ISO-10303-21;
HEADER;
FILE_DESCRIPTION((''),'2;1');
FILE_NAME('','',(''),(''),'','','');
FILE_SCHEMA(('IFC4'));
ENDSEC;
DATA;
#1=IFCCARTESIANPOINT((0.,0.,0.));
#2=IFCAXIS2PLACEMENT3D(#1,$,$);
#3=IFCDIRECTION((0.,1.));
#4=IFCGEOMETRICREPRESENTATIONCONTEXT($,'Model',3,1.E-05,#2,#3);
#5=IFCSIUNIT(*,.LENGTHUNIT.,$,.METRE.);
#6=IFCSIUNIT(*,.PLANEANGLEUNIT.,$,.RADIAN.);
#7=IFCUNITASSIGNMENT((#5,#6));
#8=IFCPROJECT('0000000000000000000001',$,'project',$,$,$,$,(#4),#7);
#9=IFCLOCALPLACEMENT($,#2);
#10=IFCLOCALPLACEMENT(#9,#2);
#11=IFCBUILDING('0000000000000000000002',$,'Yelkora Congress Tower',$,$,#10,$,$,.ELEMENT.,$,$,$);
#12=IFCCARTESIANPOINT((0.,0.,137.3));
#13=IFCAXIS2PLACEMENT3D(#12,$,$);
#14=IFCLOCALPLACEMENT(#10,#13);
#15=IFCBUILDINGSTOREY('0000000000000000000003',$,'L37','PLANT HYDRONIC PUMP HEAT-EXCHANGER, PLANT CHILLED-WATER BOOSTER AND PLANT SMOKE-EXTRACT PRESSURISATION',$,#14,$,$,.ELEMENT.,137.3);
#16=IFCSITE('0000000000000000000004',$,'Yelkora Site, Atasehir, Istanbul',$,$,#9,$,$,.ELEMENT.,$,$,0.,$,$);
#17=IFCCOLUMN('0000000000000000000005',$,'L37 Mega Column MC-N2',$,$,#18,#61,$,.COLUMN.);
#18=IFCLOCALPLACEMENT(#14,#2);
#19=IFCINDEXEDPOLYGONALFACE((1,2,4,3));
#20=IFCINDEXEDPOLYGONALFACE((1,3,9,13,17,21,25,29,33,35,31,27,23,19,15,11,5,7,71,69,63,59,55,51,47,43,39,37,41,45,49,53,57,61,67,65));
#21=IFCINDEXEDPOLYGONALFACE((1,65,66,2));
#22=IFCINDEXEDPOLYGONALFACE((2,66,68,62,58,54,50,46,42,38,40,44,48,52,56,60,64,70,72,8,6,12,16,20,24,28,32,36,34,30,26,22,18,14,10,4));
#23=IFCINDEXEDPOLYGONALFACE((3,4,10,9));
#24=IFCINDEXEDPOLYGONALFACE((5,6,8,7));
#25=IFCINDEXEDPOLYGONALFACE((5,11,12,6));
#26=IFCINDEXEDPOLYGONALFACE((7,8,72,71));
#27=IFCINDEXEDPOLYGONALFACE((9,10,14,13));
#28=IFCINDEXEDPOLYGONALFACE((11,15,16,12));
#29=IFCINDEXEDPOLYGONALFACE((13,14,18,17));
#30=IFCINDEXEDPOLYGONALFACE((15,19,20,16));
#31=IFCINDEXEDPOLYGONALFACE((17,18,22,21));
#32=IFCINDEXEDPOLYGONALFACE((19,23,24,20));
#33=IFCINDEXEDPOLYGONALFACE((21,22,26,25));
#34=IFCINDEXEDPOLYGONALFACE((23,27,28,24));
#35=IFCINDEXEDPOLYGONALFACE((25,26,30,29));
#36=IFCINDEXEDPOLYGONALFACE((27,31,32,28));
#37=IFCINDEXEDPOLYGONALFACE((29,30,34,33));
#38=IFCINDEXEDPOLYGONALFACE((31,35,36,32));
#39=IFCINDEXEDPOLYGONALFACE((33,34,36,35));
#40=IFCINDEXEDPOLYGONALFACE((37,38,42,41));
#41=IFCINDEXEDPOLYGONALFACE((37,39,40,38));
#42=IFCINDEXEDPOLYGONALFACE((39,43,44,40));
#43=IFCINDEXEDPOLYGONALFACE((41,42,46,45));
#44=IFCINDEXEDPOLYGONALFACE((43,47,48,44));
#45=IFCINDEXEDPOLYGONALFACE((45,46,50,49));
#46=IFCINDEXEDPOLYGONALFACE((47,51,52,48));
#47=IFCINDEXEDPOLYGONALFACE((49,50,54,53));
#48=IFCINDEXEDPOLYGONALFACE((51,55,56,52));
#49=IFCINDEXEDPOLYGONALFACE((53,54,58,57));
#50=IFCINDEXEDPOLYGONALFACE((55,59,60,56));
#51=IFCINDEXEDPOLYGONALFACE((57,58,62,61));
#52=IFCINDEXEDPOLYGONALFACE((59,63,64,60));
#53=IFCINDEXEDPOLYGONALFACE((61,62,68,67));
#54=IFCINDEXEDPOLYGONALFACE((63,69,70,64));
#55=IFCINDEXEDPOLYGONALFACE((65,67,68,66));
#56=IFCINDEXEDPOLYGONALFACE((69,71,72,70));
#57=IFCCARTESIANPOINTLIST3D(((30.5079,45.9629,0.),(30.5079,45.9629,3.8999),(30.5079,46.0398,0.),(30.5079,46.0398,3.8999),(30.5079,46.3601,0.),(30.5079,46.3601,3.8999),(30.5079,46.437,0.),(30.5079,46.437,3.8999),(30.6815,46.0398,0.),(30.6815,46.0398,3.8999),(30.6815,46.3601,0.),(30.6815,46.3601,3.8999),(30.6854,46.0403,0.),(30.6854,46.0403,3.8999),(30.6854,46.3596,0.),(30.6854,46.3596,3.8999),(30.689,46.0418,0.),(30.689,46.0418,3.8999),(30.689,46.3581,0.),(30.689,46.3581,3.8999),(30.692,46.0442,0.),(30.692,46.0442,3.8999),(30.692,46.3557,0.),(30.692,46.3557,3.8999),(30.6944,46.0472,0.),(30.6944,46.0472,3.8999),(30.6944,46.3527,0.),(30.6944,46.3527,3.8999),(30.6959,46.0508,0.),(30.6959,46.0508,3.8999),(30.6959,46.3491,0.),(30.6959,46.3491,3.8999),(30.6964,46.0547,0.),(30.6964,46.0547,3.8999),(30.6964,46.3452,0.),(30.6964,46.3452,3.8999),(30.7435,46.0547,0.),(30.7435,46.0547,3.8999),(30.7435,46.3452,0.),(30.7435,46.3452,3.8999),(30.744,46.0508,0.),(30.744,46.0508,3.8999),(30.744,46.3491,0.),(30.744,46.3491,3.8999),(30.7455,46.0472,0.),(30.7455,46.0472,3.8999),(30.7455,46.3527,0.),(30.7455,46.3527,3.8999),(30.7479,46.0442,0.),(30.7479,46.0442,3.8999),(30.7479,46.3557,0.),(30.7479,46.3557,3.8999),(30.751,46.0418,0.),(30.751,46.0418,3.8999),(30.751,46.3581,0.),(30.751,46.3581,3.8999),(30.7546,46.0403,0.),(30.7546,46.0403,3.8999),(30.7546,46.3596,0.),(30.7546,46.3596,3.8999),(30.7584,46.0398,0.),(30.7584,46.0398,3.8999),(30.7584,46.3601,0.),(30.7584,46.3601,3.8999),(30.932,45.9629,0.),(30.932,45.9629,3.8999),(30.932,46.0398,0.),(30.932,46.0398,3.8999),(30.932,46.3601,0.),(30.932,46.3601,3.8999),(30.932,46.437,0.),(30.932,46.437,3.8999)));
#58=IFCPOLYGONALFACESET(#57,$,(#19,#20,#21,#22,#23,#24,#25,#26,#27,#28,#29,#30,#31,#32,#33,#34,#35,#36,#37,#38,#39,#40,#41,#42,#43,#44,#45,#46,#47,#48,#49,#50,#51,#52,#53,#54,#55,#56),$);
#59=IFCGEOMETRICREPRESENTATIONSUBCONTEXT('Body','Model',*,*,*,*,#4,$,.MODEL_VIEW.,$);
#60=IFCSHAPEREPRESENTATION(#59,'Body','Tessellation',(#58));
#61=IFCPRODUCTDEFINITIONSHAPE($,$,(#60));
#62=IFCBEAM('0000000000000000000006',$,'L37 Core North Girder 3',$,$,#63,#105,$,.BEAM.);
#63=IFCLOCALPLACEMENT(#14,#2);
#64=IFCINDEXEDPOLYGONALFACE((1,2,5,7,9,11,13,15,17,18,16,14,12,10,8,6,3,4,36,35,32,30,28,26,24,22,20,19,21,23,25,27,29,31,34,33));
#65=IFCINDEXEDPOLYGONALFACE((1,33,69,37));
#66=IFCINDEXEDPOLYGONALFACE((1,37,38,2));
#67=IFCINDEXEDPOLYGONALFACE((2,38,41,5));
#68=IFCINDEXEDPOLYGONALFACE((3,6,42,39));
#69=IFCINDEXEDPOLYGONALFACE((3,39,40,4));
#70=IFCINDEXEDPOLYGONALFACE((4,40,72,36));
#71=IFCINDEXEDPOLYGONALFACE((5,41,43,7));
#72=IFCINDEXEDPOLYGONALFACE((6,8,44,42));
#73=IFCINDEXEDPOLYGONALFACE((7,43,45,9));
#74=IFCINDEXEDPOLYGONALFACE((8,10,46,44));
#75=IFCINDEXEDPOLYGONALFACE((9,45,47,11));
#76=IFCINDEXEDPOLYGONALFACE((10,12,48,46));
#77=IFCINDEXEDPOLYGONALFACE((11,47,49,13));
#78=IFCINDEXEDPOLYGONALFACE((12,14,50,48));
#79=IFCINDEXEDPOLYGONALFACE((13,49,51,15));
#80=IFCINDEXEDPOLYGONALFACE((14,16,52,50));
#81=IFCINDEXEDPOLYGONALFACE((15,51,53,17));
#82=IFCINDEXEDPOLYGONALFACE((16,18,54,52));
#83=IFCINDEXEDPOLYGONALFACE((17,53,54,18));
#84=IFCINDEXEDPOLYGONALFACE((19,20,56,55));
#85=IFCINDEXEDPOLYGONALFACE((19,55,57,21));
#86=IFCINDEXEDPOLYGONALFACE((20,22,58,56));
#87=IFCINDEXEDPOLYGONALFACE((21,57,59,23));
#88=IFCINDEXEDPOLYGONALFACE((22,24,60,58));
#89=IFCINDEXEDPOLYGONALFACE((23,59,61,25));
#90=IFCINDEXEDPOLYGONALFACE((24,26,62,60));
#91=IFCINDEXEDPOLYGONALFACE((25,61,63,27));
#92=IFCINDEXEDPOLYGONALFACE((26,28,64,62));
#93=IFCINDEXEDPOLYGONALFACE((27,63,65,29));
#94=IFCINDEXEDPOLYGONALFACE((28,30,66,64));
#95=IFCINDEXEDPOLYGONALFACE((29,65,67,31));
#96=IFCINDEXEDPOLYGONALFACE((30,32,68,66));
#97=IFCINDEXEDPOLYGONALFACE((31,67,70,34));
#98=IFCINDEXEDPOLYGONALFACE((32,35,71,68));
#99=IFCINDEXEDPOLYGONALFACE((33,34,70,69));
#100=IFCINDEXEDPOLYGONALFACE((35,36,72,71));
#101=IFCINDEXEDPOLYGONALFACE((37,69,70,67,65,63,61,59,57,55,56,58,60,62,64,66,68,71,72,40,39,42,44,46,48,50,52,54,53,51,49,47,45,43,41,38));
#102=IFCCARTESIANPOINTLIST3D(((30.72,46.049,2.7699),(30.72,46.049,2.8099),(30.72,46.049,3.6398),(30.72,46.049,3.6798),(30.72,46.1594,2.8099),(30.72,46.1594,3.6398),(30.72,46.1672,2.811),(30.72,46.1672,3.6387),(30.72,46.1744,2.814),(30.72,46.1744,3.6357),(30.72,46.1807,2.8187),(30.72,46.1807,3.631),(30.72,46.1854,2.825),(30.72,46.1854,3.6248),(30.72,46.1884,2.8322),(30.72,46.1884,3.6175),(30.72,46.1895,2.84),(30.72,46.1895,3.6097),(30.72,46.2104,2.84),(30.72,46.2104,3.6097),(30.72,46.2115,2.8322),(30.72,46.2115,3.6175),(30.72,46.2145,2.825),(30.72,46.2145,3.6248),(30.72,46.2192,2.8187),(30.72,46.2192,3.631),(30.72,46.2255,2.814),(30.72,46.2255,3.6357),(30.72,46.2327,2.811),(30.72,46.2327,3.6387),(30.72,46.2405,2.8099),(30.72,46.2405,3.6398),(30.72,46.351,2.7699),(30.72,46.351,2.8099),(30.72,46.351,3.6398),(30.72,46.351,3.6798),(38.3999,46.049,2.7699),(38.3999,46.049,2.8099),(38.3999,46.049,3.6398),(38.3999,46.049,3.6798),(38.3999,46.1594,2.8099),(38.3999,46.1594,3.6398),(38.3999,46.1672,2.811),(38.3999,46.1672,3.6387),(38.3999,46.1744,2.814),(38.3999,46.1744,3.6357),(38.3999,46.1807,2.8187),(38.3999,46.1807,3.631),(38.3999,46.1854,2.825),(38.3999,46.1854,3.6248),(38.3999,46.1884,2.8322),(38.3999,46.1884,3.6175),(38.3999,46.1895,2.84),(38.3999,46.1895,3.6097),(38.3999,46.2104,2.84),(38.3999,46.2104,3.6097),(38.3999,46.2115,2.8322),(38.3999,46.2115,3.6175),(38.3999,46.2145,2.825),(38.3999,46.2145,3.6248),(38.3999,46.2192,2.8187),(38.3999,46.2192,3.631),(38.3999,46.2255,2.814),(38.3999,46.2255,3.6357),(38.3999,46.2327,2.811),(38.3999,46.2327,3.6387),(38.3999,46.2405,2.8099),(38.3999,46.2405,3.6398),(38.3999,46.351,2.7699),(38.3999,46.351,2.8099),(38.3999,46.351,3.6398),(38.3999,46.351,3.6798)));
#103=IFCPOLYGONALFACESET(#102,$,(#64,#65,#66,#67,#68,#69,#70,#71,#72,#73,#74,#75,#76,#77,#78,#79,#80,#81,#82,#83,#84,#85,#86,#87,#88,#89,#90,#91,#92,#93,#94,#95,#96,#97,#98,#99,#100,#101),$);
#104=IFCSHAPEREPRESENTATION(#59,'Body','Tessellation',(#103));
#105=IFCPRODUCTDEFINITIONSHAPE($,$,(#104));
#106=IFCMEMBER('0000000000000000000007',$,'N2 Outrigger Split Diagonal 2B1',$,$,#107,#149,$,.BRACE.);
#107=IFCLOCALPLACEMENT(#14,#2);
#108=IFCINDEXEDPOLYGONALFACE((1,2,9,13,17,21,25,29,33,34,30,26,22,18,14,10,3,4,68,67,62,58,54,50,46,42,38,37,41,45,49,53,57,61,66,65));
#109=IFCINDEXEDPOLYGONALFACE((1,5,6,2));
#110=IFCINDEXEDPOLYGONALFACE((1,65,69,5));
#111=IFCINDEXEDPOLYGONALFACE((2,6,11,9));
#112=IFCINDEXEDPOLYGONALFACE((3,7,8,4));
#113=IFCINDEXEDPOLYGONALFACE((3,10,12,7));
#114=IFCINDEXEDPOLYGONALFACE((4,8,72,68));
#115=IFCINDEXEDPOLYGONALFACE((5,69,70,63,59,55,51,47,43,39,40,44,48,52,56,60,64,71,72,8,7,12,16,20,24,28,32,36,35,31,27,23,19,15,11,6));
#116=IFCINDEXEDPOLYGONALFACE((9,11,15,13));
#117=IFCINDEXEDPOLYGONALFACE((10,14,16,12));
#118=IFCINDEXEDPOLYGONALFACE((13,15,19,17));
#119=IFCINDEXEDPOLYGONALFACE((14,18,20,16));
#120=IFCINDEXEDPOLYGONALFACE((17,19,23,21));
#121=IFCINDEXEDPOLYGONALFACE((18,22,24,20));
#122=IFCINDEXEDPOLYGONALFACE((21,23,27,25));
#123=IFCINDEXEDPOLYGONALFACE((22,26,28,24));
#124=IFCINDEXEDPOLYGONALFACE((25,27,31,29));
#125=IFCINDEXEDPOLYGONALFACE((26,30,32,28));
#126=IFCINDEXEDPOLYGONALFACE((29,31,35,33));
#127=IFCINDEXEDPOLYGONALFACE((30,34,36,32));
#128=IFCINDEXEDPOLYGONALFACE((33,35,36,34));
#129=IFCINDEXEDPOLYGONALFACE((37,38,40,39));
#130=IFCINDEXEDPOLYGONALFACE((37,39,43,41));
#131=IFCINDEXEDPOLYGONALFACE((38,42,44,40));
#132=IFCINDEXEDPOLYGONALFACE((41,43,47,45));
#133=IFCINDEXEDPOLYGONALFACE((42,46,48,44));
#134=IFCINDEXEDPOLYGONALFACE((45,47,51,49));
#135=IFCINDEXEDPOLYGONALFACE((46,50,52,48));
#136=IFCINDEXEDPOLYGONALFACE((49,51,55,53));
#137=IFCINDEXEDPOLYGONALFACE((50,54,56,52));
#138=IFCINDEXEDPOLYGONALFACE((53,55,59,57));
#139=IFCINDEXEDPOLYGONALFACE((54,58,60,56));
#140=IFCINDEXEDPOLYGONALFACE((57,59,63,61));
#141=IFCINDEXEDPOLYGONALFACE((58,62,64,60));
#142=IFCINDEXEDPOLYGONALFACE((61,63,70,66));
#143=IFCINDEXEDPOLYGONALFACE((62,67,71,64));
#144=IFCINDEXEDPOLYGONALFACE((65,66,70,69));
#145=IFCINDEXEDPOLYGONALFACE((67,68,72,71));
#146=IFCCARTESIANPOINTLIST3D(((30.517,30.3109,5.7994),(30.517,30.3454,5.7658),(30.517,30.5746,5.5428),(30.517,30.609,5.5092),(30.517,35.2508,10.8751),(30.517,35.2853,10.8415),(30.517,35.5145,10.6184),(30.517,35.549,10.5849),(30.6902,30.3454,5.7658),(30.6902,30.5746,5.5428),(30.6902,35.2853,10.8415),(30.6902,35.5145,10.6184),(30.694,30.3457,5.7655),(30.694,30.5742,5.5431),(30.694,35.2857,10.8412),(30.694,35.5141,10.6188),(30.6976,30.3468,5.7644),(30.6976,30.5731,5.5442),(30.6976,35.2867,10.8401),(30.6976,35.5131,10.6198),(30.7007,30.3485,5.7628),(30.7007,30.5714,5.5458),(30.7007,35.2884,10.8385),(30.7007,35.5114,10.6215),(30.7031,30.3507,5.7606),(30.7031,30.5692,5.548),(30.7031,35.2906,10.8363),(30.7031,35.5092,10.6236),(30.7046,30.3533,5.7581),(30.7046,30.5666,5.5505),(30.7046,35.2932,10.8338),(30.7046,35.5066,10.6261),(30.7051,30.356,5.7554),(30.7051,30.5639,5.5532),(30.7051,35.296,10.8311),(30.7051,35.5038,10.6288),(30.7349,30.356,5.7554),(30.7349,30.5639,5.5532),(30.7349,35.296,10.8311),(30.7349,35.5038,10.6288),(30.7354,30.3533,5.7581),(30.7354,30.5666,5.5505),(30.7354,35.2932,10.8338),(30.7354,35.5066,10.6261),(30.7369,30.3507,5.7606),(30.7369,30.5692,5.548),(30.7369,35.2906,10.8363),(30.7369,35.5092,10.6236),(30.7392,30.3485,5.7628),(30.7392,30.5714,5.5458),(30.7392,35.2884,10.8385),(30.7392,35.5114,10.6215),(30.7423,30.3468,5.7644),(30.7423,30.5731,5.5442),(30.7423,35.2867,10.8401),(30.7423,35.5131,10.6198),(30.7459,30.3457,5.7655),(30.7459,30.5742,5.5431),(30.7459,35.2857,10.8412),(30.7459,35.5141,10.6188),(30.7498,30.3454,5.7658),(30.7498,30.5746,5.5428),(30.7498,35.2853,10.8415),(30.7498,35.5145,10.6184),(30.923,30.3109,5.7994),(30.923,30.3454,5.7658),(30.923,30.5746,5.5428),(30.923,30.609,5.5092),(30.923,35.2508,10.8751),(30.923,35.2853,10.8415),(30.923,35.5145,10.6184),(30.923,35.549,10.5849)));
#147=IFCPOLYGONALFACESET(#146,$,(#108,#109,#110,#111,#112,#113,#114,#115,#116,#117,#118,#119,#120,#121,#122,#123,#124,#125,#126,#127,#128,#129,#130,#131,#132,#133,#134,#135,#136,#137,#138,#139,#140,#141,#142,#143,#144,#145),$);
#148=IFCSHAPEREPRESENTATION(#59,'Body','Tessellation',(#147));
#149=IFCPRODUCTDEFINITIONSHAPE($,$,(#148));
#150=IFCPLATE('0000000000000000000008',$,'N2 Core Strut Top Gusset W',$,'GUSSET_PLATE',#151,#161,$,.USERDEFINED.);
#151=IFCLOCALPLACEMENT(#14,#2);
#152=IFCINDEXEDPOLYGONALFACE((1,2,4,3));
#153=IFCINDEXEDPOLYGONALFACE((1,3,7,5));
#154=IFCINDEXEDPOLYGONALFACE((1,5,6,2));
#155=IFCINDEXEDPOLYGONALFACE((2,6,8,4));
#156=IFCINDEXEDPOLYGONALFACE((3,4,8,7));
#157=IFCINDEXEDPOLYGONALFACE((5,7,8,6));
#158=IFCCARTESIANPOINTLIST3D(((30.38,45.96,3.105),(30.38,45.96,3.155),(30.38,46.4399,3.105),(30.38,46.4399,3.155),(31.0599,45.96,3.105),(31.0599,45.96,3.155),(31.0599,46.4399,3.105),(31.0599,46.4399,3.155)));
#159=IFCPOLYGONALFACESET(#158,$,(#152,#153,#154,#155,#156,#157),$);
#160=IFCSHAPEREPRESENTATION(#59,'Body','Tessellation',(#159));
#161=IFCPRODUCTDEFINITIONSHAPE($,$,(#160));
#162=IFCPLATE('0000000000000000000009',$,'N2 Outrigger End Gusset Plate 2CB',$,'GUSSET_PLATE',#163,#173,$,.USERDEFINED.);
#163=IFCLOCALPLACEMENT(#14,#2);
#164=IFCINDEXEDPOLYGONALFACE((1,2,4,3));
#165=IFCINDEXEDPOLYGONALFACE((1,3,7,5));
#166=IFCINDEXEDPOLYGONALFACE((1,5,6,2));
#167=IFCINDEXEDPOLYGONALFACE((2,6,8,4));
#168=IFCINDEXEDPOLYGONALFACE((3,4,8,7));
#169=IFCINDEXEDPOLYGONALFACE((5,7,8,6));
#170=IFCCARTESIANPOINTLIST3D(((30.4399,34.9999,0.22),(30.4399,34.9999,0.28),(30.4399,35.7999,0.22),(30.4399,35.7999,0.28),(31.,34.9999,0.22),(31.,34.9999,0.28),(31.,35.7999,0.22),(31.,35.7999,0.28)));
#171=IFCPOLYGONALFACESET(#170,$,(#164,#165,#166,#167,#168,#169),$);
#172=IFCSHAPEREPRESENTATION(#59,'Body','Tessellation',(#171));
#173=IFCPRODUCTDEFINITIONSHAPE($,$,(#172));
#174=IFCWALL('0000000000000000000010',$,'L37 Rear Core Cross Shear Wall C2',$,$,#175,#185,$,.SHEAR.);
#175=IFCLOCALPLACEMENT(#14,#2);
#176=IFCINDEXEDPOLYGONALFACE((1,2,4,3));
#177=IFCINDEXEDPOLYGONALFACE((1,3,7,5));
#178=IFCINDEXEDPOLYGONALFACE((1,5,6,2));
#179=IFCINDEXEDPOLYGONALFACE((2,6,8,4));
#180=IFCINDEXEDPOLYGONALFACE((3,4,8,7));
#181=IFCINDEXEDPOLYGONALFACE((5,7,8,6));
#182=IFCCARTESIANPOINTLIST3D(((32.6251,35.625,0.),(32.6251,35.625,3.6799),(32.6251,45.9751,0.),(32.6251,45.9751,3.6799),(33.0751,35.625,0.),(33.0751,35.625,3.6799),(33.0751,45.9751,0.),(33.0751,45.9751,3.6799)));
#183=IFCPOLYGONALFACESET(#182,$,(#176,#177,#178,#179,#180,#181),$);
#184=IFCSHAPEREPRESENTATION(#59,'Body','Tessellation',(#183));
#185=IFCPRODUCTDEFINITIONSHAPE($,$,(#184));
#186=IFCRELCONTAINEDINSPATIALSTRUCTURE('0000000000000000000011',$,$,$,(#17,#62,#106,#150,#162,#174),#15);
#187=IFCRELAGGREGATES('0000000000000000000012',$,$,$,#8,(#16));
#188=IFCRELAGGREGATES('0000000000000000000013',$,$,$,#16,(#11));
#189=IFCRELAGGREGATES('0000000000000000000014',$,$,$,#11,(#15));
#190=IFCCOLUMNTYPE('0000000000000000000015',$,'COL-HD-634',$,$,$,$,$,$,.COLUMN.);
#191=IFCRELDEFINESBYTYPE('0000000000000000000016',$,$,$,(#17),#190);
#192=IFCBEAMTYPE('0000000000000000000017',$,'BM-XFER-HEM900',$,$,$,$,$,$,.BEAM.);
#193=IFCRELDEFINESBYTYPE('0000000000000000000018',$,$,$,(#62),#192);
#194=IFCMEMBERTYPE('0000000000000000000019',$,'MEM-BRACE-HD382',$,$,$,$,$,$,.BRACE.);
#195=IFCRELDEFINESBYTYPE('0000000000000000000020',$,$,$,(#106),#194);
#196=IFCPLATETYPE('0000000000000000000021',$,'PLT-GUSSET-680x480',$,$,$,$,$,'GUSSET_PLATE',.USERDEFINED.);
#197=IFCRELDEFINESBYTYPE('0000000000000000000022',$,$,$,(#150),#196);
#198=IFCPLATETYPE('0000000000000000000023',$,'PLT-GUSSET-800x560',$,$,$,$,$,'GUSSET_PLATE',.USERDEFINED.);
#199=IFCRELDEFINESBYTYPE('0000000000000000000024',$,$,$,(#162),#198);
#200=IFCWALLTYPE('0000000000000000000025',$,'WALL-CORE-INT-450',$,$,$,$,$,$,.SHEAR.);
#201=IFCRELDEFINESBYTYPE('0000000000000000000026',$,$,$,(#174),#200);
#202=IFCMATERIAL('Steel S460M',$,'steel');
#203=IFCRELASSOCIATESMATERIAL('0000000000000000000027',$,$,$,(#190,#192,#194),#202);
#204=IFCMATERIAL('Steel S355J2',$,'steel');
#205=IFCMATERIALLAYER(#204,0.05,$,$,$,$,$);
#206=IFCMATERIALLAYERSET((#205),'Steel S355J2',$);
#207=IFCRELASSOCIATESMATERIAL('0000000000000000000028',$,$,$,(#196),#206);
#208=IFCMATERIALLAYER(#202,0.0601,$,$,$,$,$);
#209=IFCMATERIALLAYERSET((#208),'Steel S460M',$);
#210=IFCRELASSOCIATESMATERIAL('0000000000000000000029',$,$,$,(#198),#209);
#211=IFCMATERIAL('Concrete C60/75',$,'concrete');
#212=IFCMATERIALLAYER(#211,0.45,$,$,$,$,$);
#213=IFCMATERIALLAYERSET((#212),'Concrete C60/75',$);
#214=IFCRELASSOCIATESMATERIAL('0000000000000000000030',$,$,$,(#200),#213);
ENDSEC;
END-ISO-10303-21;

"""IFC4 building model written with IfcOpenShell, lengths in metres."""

from ifc_helpers import new_model, si_unit, direction, frame, frame_2d, origin, origin_2d, place, context, subcontext, project, spatial, rectangle, i_section, extrude, material, layer, layer_set, material_profile, profile_set, type_object, element, save


model = new_model("IFC4")

# Units and contexts
model_context = context("Model", 3, precision=1e-05, world=origin(), true_north=direction((0.0, 1.0)))
body_context = subcontext(model_context, "Body", "Model", "MODEL_VIEW")
ifc_project = project(units=[si_unit("LENGTHUNIT", "METRE"), si_unit("PLANEANGLEUNIT", "RADIAN")], contexts=[model_context])

# Site, building, storey
site_placement = place(None, origin())
site = spatial("IfcSite", under=ifc_project, at=site_placement, Name="Yelkora Site, Atasehir, Istanbul", CompositionType="ELEMENT", RefElevation=0.0)
building_placement = place(site_placement, origin())
building = spatial("IfcBuilding", under=site, at=building_placement, Name="Yelkora Congress Tower", CompositionType="ELEMENT")
storey_placement = place(building_placement, frame((0.0, 0.0, 137.3)))
storey = spatial("IfcBuildingStorey", under=building, at=storey_placement, Name="L37", Description="PLANT HYDRONIC PUMP HEAT-EXCHANGER, PLANT CHILLED-WATER BOOSTER AND PLANT SMOKE-EXTRACT PRESSURISATION", CompositionType="ELEMENT", Elevation=137.3)

# Column
ifc_material_1 = material(Name="Steel S460M", Category="steel")
ifc_material_profile_1 = material_profile(ifc_material_1, i_section(OverallWidth=0.4241, OverallDepth=0.4741, WebThickness=0.0471, FlangeThickness=0.0769, FilletRadius=0.0149, at=origin_2d()), Name="HD 400x634")
ifc_profile_set_1 = profile_set([ifc_material_profile_1], Name="Steel S460M")
column_type = type_object("IfcColumnType", Name="COL-HD-634", PredefinedType="COLUMN", material=ifc_profile_set_1)
column_placement = place(storey_placement, frame((30.72, 46.2, 0.0), z_axis=(0.0, 0.0, 1.0), x_axis=(1.0, 0.0, 0.0)))
element("IfcColumn", 1, at=column_placement, inside=storey, type_object=column_type, Name="L37 Mega Column MC-N2", PredefinedType="COLUMN", context=body_context, shape_type="SweptSolid", body=[
    extrude(i_section(OverallWidth=0.4241, OverallDepth=0.4741, WebThickness=0.0471, FlangeThickness=0.0769, FilletRadius=0.0149, at=origin_2d()), origin(), (0.0, 0.0, 1.0), 3.8999),
])

# Beam
ifc_material_profile_2 = material_profile(ifc_material_1, i_section(OverallWidth=0.302, OverallDepth=0.9099, WebThickness=0.021, FlangeThickness=0.04, FilletRadius=0.03, at=origin_2d()), Name="HEM 900")
ifc_profile_set_2 = profile_set([ifc_material_profile_2], Name="Steel S460M")
beam_type = type_object("IfcBeamType", Name="BM-XFER-HEM900", PredefinedType="BEAM", material=ifc_profile_set_2)
beam_placement = place(storey_placement, frame((30.72, 46.2, 3.2249), z_axis=(1.0, 0.0, 0.0), x_axis=(0.0, 1.0, 0.0)))
element("IfcBeam", 2, at=beam_placement, inside=storey, type_object=beam_type, Name="L37 Core North Girder 3", PredefinedType="BEAM", context=body_context, shape_type="SweptSolid", body=[
    extrude(i_section(OverallWidth=0.302, OverallDepth=0.9099, WebThickness=0.021, FlangeThickness=0.04, FilletRadius=0.03, at=origin_2d()), origin(), (0.0, 0.0, 1.0), 7.6799),
])

# Member
ifc_material_profile_3 = material_profile(ifc_material_1, i_section(OverallWidth=0.406, OverallDepth=0.416, WebThickness=0.0298, FlangeThickness=0.0481, FilletRadius=0.0149, at=origin_2d()), Name="HD 400x382")
ifc_profile_set_3 = profile_set([ifc_material_profile_3], Name="Steel S460M")
member_type = type_object("IfcMemberType", Name="MEM-BRACE-HD382", PredefinedType="BRACE", material=ifc_profile_set_3)
member_placement = place(storey_placement, frame((30.72, 35.3999, 10.73), z_axis=(0.0, -0.697459, -0.716624), x_axis=(1.0, 0.0, 0.0)))
element("IfcMember", 3, at=member_placement, inside=storey, type_object=member_type, Name="N2 Outrigger Split Diagonal 2B1", PredefinedType="BRACE", context=body_context, shape_type="SweptSolid", body=[
    extrude(i_section(OverallWidth=0.406, OverallDepth=0.416, WebThickness=0.0298, FlangeThickness=0.0481, FilletRadius=0.0149, at=origin_2d()), origin(), (0.0, 0.0, 1.0), 7.0828),
])

# Plates
ifc_material_2 = material(Name="Steel S355J2", Category="steel")
ifc_layer_1 = layer(ifc_material_2, 0.05)
ifc_layer_set_1 = layer_set([ifc_layer_1], Name="Steel S355J2")
plate_type_1 = type_object("IfcPlateType", Name="PLT-GUSSET-680x480", ElementType="GUSSET_PLATE", PredefinedType="USERDEFINED", material=ifc_layer_set_1)
plate_1_placement = place(storey_placement, frame((30.72, 46.2, 3.105), z_axis=(0.0, 0.0, 1.0), x_axis=(1.0, 0.0, 0.0)))
element("IfcPlate", 4, at=plate_1_placement, inside=storey, type_object=plate_type_1, Name="N2 Core Strut Top Gusset W", ObjectType="GUSSET_PLATE", PredefinedType="USERDEFINED", context=body_context, shape_type="SweptSolid", body=[
    extrude(rectangle(XDim=0.6799, YDim=0.48, at=origin_2d()), origin(), (0.0, 0.0, 1.0), 0.05),
])
ifc_layer_2 = layer(ifc_material_1, 0.0601)
ifc_layer_set_2 = layer_set([ifc_layer_2], Name="Steel S460M")
plate_type_2 = type_object("IfcPlateType", Name="PLT-GUSSET-800x560", ElementType="GUSSET_PLATE", PredefinedType="USERDEFINED", material=ifc_layer_set_2)
plate_2_placement = place(storey_placement, frame((30.72, 35.3999, 0.22), z_axis=(0.0, 0.0, 1.0), x_axis=(0.0, 1.0, 0.0)))
element("IfcPlate", 5, at=plate_2_placement, inside=storey, type_object=plate_type_2, Name="N2 Outrigger End Gusset Plate 2CB", ObjectType="GUSSET_PLATE", PredefinedType="USERDEFINED", context=body_context, shape_type="SweptSolid", body=[
    extrude(rectangle(XDim=0.8, YDim=0.5601, at=origin_2d()), origin(), (0.0, 0.0, 1.0), 0.0601),
])

# Shared definitions
ifc_material_3 = material(Name="Concrete C60/75", Category="concrete")
ifc_layer_3 = layer(ifc_material_3, 0.45)
ifc_layer_set_3 = layer_set([ifc_layer_3], Name="Concrete C60/75")
wall_type_1 = type_object("IfcWallType", Name="WALL-CORE-INT-450", PredefinedType="SHEAR", material=ifc_layer_set_3)

# Wall
wall_1_placement = place(storey_placement, frame((32.8501, 35.625, 0.0), z_axis=(0.0, 0.0, 1.0), x_axis=(0.0, 1.0, 0.0)))
element("IfcWall", 6, at=wall_1_placement, inside=storey, type_object=wall_type_1, Name="L37 Rear Core Cross Shear Wall C2", PredefinedType="SHEAR", context=body_context, shape_type="SweptSolid", body=[
    extrude(rectangle(XDim=10.3501, YDim=0.45, at=frame_2d((5.175, 0.0))), origin(), (0.0, 0.0, 1.0), 3.6799),
])

save(model, "model.ifc")
